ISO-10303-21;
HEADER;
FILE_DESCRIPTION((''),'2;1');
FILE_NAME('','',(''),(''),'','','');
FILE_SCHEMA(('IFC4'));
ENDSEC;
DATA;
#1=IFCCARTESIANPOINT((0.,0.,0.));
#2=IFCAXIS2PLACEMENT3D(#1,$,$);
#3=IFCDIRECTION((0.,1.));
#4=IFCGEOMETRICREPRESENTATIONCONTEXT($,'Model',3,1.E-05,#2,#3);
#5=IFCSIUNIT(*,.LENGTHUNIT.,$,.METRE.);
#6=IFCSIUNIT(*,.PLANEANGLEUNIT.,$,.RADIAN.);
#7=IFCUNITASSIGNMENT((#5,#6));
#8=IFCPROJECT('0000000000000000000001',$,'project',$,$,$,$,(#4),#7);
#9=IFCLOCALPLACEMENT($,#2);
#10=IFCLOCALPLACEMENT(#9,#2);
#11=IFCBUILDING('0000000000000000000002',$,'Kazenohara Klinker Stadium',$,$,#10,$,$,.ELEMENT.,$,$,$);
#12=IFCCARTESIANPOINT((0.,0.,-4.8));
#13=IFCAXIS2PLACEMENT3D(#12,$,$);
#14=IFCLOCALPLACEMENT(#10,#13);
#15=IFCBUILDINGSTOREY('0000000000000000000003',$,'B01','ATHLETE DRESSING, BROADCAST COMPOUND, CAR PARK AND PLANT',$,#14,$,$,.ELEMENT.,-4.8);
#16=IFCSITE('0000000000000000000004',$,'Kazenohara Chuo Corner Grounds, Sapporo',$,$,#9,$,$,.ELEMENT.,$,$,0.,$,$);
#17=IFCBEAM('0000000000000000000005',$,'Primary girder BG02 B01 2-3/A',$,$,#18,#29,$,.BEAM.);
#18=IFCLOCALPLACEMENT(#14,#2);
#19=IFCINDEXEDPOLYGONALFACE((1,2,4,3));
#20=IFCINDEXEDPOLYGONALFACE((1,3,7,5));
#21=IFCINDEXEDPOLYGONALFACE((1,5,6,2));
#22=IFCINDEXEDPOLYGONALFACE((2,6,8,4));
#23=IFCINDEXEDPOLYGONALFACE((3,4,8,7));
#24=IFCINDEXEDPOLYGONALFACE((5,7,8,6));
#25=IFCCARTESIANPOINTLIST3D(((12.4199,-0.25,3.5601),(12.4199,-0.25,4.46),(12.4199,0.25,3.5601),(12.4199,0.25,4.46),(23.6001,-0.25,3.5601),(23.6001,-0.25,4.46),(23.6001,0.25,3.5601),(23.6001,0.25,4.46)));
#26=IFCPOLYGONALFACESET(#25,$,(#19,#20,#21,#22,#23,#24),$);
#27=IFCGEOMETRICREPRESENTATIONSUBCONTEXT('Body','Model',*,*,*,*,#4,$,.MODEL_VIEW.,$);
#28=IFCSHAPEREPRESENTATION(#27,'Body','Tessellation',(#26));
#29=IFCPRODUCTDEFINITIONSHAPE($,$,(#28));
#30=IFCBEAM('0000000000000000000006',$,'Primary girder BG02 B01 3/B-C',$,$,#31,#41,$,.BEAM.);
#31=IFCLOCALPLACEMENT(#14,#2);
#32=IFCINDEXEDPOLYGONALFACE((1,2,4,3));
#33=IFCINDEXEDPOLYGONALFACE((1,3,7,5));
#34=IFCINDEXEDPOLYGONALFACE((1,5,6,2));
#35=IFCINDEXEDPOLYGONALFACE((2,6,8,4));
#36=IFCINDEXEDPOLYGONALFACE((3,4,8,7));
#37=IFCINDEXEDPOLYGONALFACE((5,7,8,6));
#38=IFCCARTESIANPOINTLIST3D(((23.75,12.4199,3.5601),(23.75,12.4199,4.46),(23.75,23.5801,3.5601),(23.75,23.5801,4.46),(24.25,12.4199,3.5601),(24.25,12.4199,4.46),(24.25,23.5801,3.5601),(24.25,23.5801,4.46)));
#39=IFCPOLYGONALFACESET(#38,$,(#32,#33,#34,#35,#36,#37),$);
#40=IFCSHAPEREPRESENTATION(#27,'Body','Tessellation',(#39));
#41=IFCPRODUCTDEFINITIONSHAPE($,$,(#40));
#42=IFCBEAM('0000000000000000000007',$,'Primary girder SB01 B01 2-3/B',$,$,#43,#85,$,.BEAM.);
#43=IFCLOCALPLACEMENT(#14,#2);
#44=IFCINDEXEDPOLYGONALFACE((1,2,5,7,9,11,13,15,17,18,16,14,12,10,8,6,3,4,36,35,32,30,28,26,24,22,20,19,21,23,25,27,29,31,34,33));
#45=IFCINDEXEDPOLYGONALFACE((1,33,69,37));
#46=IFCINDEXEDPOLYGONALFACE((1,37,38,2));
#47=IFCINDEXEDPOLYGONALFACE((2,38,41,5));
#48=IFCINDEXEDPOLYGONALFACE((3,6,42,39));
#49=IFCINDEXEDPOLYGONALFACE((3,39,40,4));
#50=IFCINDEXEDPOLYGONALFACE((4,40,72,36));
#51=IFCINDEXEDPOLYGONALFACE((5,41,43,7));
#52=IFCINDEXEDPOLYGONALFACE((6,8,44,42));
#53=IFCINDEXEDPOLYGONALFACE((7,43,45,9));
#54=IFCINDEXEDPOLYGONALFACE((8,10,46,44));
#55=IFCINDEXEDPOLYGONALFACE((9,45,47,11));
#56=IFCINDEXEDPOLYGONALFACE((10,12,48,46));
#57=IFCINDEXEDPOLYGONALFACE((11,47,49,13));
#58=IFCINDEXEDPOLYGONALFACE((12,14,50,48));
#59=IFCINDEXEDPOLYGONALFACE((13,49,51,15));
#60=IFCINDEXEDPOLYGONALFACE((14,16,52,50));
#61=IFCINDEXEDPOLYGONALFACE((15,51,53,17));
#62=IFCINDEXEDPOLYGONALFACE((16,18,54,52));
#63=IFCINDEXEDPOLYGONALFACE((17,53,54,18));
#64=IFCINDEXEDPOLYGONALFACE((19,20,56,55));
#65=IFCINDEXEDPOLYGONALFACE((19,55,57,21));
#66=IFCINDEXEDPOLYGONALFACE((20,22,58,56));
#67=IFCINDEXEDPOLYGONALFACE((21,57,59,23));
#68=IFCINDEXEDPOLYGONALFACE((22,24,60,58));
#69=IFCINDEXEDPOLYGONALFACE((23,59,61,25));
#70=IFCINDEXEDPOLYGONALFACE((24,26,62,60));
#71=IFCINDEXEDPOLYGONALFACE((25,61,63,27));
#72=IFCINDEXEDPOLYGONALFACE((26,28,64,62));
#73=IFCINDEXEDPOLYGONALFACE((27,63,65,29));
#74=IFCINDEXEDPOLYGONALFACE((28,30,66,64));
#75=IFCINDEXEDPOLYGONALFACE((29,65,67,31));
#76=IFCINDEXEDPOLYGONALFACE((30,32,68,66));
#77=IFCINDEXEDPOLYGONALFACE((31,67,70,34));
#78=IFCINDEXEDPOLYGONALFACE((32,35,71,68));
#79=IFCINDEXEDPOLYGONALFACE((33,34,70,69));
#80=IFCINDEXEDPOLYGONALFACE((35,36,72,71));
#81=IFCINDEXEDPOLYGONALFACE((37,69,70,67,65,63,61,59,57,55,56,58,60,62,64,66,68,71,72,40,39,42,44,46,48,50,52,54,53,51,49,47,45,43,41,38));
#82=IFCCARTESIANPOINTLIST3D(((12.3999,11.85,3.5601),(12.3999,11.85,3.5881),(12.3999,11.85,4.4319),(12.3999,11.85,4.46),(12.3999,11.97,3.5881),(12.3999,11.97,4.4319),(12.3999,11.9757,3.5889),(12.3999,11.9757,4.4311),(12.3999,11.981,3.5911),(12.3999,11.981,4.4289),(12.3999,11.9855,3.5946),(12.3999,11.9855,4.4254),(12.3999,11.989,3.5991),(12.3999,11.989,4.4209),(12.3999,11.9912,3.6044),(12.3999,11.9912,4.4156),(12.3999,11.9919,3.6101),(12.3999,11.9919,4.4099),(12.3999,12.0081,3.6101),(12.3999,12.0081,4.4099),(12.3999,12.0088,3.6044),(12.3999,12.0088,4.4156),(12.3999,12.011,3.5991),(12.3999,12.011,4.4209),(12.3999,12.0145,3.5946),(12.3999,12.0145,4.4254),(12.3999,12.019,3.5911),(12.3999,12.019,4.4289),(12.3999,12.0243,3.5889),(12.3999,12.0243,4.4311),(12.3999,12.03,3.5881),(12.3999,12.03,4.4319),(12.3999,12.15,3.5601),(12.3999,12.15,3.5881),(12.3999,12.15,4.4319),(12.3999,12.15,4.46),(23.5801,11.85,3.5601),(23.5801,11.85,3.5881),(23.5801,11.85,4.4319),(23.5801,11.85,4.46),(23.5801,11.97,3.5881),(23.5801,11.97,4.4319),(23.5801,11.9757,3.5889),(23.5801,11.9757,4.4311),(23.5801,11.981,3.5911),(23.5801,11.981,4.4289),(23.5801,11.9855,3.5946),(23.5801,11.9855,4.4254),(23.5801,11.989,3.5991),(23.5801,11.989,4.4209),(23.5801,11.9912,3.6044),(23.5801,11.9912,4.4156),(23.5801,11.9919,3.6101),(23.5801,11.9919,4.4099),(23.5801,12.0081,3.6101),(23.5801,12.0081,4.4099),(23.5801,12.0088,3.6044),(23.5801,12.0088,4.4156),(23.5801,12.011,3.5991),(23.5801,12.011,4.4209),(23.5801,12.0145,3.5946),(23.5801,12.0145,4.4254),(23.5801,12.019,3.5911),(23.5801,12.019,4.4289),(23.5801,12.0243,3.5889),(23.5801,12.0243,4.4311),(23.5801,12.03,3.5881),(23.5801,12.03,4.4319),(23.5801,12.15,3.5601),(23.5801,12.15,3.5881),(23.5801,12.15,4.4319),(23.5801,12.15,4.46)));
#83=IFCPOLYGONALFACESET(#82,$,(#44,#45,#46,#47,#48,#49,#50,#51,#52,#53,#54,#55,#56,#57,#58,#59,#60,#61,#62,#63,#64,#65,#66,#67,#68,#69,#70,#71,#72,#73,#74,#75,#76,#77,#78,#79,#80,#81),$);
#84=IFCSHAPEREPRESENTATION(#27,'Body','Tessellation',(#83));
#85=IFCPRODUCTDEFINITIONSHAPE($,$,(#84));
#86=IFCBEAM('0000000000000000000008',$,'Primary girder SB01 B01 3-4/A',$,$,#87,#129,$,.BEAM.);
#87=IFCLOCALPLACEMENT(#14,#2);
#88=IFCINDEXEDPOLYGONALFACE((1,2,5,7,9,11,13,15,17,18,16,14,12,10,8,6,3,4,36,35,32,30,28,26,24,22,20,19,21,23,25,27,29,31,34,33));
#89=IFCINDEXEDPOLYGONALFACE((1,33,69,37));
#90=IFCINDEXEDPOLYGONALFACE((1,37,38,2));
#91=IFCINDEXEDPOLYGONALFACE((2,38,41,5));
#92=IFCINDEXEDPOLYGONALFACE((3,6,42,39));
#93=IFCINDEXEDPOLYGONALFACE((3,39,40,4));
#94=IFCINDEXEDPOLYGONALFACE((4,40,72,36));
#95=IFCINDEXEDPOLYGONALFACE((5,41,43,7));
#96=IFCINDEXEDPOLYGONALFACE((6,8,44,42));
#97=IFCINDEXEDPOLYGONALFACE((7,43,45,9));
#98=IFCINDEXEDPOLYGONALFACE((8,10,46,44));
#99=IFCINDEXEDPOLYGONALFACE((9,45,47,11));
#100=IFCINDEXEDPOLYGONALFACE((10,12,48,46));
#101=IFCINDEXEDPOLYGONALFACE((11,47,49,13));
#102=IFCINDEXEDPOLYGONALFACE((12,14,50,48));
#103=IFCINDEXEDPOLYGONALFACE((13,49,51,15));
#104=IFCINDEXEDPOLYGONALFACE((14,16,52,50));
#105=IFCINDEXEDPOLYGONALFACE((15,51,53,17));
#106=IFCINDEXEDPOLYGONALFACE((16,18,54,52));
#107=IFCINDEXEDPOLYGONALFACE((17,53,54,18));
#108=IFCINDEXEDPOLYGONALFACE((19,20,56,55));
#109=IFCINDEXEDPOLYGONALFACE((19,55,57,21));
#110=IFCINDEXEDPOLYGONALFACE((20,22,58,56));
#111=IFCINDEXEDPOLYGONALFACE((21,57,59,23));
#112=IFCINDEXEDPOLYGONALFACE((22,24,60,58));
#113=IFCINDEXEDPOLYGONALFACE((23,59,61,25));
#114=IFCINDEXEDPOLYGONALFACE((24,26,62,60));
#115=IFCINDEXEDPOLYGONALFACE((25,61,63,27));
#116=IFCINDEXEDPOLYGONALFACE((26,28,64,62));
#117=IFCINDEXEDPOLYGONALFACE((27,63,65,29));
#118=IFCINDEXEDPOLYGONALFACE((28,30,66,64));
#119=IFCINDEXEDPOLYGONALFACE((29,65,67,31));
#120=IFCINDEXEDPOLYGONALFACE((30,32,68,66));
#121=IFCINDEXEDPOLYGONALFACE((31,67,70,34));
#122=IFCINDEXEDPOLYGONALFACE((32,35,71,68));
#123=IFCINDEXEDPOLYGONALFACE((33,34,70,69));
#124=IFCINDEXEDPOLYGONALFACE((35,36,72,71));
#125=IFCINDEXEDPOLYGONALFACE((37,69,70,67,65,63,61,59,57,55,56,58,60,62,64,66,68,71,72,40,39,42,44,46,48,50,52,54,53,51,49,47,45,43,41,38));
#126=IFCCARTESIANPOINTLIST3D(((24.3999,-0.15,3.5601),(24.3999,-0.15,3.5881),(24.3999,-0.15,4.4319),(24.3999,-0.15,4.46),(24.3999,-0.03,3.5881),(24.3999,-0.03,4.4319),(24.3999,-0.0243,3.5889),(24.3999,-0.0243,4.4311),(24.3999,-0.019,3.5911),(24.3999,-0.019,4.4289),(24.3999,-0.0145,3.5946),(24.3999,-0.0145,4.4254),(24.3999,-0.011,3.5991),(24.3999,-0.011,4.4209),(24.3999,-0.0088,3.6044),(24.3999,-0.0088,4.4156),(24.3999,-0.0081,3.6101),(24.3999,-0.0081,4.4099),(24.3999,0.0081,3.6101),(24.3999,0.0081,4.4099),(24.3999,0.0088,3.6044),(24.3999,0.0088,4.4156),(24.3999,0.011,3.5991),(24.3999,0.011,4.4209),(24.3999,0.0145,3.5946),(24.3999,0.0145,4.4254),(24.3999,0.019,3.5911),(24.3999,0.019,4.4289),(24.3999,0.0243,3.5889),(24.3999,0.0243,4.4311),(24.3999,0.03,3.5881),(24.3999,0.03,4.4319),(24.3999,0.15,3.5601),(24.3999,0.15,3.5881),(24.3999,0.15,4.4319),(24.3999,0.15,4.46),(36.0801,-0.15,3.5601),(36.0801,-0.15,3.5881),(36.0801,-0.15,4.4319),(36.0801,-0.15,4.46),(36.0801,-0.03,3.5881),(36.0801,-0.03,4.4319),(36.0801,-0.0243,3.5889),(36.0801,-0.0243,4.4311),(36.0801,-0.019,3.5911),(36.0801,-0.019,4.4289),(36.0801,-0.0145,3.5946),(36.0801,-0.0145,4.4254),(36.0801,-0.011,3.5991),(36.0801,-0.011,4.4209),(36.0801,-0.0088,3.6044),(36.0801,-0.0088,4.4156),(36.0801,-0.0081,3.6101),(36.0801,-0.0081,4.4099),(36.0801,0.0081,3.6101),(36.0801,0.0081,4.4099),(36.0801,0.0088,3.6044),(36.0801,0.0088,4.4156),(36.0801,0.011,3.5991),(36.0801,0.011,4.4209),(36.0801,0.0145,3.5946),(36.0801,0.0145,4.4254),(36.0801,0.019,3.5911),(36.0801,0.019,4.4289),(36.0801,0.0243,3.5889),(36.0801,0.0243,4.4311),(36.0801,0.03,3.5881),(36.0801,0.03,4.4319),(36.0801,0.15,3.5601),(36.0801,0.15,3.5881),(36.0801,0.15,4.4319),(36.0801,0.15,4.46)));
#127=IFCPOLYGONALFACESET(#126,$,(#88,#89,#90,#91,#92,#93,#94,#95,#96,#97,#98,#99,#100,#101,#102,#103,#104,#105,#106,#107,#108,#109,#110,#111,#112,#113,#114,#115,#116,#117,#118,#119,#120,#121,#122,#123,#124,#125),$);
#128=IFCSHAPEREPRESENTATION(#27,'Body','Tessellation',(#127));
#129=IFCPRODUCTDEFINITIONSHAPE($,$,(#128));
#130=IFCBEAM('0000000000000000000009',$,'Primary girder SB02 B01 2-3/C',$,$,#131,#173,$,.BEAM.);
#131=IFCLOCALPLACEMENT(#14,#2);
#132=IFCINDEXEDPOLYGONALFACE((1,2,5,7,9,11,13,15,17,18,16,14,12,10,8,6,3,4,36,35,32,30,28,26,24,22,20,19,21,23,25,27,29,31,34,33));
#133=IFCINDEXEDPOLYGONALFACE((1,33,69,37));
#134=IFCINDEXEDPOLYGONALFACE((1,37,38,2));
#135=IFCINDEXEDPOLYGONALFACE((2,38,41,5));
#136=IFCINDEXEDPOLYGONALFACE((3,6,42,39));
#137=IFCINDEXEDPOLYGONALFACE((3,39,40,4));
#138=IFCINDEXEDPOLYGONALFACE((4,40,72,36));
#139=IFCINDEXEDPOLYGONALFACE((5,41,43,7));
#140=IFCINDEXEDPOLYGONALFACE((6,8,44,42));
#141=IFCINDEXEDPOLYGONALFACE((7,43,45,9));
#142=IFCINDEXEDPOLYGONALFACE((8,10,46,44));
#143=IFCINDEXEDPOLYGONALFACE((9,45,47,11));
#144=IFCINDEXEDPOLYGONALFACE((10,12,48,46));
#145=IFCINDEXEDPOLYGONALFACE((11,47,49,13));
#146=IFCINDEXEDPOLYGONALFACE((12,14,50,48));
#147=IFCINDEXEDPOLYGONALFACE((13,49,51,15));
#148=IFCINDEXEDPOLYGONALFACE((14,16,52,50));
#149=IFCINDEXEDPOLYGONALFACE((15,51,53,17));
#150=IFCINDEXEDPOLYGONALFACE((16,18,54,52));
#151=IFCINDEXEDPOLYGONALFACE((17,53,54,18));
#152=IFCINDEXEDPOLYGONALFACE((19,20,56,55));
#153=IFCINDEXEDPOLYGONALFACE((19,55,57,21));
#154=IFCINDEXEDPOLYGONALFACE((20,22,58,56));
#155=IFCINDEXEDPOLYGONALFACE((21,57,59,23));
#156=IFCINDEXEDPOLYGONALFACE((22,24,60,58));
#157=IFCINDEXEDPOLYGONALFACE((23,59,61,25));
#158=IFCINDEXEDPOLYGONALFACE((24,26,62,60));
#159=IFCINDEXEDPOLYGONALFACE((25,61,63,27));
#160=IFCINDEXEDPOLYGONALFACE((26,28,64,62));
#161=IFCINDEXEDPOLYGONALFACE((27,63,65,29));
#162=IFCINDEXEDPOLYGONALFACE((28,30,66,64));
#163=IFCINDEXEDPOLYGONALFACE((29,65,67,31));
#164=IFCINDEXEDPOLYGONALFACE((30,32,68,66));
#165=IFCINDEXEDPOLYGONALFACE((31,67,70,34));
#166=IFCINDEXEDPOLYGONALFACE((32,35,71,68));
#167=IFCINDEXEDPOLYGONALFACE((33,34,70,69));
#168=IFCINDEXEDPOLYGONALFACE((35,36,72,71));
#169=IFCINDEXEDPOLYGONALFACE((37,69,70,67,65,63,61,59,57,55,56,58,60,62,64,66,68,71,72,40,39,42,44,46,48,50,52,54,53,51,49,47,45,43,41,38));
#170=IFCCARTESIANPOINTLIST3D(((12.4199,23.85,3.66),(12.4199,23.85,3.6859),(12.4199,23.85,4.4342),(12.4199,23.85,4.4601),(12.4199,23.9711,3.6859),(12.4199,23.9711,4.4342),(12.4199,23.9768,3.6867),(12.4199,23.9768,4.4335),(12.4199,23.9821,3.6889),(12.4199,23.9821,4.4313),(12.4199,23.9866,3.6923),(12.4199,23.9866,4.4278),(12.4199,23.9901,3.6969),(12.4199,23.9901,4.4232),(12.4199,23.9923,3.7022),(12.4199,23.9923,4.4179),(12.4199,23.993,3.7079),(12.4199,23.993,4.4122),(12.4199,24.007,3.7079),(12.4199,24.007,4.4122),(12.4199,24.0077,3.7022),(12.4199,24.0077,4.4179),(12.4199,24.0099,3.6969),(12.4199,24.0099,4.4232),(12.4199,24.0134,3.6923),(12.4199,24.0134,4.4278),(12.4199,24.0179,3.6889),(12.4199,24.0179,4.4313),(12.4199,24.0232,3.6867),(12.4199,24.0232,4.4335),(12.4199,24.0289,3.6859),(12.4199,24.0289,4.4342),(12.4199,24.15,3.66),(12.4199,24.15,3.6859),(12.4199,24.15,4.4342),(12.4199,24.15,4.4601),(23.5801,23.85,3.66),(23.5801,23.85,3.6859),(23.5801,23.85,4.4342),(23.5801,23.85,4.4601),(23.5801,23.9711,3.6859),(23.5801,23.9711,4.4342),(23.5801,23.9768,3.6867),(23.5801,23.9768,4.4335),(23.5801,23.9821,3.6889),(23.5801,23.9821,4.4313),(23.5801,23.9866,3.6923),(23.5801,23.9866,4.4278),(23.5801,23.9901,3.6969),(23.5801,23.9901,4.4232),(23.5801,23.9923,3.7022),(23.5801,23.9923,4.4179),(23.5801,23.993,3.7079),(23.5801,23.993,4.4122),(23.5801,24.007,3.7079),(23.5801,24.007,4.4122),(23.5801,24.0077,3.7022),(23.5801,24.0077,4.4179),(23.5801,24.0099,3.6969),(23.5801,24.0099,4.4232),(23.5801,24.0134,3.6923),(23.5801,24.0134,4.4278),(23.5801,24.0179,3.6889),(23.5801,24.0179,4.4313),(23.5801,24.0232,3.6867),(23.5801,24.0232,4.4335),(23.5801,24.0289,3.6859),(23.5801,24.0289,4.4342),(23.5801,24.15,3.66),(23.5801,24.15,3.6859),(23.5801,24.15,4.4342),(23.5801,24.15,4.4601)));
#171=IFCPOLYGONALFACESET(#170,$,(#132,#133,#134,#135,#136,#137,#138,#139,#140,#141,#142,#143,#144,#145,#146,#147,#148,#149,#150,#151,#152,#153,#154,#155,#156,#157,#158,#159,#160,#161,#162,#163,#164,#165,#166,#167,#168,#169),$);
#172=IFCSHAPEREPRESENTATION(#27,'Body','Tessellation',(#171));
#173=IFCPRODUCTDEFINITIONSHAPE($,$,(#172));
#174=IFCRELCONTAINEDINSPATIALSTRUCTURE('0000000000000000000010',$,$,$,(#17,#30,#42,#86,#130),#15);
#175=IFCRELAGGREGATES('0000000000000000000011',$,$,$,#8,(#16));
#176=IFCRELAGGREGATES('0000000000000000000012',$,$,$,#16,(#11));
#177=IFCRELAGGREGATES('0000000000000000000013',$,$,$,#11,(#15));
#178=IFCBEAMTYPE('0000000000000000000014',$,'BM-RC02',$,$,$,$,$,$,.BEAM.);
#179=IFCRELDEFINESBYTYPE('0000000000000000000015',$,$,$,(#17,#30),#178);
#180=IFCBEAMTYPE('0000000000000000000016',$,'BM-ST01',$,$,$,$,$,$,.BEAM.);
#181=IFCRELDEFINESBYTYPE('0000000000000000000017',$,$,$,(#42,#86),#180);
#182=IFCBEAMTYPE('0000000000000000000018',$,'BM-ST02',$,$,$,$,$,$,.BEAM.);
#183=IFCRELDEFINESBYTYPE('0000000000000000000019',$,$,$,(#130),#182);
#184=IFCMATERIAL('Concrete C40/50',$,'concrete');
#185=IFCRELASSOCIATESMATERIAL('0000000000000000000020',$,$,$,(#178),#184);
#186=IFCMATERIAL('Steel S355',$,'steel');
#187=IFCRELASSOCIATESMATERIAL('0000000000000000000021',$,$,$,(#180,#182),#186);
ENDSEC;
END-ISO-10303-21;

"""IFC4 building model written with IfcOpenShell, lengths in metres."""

from ifc_helpers import new_model, si_unit, direction, frame, origin, origin_2d, place, context, subcontext, project, spatial, rectangle, i_section, extrude, material, material_profile, profile_set, type_object, element, save


model = new_model("IFC4")

# Units and contexts
model_context = context("Model", 3, precision=1e-05, world=origin(), true_north=direction((0.0, 1.0)))
body_context = subcontext(model_context, "Body", "Model", "MODEL_VIEW")
ifc_project = project(units=[si_unit("LENGTHUNIT", "METRE"), si_unit("PLANEANGLEUNIT", "RADIAN")], contexts=[model_context])

# Site, building, storey
site_placement = place(None, origin())
site = spatial("IfcSite", under=ifc_project, at=site_placement, Name="Kazenohara Chuo Corner Grounds, Sapporo", CompositionType="ELEMENT", RefElevation=0.0)
building_placement = place(site_placement, origin())
building = spatial("IfcBuilding", under=site, at=building_placement, Name="Kazenohara Klinker Stadium", CompositionType="ELEMENT")
storey_placement = place(building_placement, frame((0.0, 0.0, -4.8)))
storey = spatial("IfcBuildingStorey", under=building, at=storey_placement, Name="B01", Description="ATHLETE DRESSING, BROADCAST COMPOUND, CAR PARK AND PLANT", CompositionType="ELEMENT", Elevation=-4.8)

# Shared definitions
ifc_material_1 = material(Name="Concrete C40/50", Category="concrete")

# Beams
ifc_material_2 = material(Name="Steel S355", Category="steel")
ifc_material_profile_1 = material_profile(ifc_material_1, rectangle(XDim=0.5, YDim=0.8999, at=origin_2d()), Name="RC-BM-500x900")
ifc_profile_set_1 = profile_set([ifc_material_profile_1], Name="Concrete C40/50")
beam_type_1 = type_object("IfcBeamType", Name="BM-RC02", PredefinedType="BEAM", material=ifc_profile_set_1)
beam_1_placement = place(storey_placement, frame((12.4199, 0.0, 4.01), z_axis=(1.0, 0.0, 0.0), x_axis=(0.0, 1.0, 0.0)))
element("IfcBeam", 1, at=beam_1_placement, inside=storey, type_object=beam_type_1, Name="Primary girder BG02 B01 2-3/A", PredefinedType="BEAM", context=body_context, shape_type="SweptSolid", body=[
    extrude(rectangle(XDim=0.5, YDim=0.8999, at=origin_2d()), origin(), (0.0, 0.0, 1.0), 11.1802),
])
beam_2_placement = place(storey_placement, frame((24.0, 12.4199, 4.01), z_axis=(0.0, 1.0, 0.0), x_axis=(-1.0, 0.0, 0.0)))
element("IfcBeam", 2, at=beam_2_placement, inside=storey, type_object=beam_type_1, Name="Primary girder BG02 B01 3/B-C", PredefinedType="BEAM", context=body_context, shape_type="SweptSolid", body=[
    extrude(rectangle(XDim=0.5, YDim=0.8999, at=origin_2d()), origin(), (0.0, 0.0, 1.0), 11.1602),
])
ifc_material_profile_2 = material_profile(ifc_material_2, i_section(OverallWidth=0.3, OverallDepth=0.8999, WebThickness=0.0161, FlangeThickness=0.0281, FilletRadius=0.022, at=origin_2d()), Name="H-900x300x16x28")
ifc_profile_set_2 = profile_set([ifc_material_profile_2], Name="Steel S355")
beam_type_2 = type_object("IfcBeamType", Name="BM-ST01", PredefinedType="BEAM", material=ifc_profile_set_2)
beam_3_placement = place(storey_placement, frame((12.3999, 12.0, 4.01), z_axis=(1.0, 0.0, 0.0), x_axis=(0.0, 1.0, 0.0)))
element("IfcBeam", 3, at=beam_3_placement, inside=storey, type_object=beam_type_2, Name="Primary girder SB01 B01 2-3/B", PredefinedType="BEAM", context=body_context, shape_type="SweptSolid", body=[
    extrude(i_section(OverallWidth=0.3, OverallDepth=0.8999, WebThickness=0.0161, FlangeThickness=0.0281, FilletRadius=0.022, at=origin_2d()), origin(), (0.0, 0.0, 1.0), 11.1802),
])
beam_4_placement = place(storey_placement, frame((24.3999, 0.0, 4.01), z_axis=(1.0, 0.0, 0.0), x_axis=(0.0, 1.0, 0.0)))
element("IfcBeam", 4, at=beam_4_placement, inside=storey, type_object=beam_type_2, Name="Primary girder SB01 B01 3-4/A", PredefinedType="BEAM", context=body_context, shape_type="SweptSolid", body=[
    extrude(i_section(OverallWidth=0.3, OverallDepth=0.8999, WebThickness=0.0161, FlangeThickness=0.0281, FilletRadius=0.022, at=origin_2d()), origin(), (0.0, 0.0, 1.0), 11.6802),
])
ifc_material_profile_3 = material_profile(ifc_material_2, i_section(OverallWidth=0.3, OverallDepth=0.8, WebThickness=0.0139, FlangeThickness=0.0259, FilletRadius=0.022, at=origin_2d()), Name="H-800x300x14x26")
ifc_profile_set_3 = profile_set([ifc_material_profile_3], Name="Steel S355")
beam_type_3 = type_object("IfcBeamType", Name="BM-ST02", PredefinedType="BEAM", material=ifc_profile_set_3)
beam_5_placement = place(storey_placement, frame((12.4199, 24.0, 4.0601), z_axis=(1.0, 0.0, 0.0), x_axis=(0.0, 1.0, 0.0)))
element("IfcBeam", 5, at=beam_5_placement, inside=storey, type_object=beam_type_3, Name="Primary girder SB02 B01 2-3/C", PredefinedType="BEAM", context=body_context, shape_type="SweptSolid", body=[
    extrude(i_section(OverallWidth=0.3, OverallDepth=0.8, WebThickness=0.0139, FlangeThickness=0.0259, FilletRadius=0.022, at=origin_2d()), origin(), (0.0, 0.0, 1.0), 11.1602),
])

save(model, "model.ifc")
